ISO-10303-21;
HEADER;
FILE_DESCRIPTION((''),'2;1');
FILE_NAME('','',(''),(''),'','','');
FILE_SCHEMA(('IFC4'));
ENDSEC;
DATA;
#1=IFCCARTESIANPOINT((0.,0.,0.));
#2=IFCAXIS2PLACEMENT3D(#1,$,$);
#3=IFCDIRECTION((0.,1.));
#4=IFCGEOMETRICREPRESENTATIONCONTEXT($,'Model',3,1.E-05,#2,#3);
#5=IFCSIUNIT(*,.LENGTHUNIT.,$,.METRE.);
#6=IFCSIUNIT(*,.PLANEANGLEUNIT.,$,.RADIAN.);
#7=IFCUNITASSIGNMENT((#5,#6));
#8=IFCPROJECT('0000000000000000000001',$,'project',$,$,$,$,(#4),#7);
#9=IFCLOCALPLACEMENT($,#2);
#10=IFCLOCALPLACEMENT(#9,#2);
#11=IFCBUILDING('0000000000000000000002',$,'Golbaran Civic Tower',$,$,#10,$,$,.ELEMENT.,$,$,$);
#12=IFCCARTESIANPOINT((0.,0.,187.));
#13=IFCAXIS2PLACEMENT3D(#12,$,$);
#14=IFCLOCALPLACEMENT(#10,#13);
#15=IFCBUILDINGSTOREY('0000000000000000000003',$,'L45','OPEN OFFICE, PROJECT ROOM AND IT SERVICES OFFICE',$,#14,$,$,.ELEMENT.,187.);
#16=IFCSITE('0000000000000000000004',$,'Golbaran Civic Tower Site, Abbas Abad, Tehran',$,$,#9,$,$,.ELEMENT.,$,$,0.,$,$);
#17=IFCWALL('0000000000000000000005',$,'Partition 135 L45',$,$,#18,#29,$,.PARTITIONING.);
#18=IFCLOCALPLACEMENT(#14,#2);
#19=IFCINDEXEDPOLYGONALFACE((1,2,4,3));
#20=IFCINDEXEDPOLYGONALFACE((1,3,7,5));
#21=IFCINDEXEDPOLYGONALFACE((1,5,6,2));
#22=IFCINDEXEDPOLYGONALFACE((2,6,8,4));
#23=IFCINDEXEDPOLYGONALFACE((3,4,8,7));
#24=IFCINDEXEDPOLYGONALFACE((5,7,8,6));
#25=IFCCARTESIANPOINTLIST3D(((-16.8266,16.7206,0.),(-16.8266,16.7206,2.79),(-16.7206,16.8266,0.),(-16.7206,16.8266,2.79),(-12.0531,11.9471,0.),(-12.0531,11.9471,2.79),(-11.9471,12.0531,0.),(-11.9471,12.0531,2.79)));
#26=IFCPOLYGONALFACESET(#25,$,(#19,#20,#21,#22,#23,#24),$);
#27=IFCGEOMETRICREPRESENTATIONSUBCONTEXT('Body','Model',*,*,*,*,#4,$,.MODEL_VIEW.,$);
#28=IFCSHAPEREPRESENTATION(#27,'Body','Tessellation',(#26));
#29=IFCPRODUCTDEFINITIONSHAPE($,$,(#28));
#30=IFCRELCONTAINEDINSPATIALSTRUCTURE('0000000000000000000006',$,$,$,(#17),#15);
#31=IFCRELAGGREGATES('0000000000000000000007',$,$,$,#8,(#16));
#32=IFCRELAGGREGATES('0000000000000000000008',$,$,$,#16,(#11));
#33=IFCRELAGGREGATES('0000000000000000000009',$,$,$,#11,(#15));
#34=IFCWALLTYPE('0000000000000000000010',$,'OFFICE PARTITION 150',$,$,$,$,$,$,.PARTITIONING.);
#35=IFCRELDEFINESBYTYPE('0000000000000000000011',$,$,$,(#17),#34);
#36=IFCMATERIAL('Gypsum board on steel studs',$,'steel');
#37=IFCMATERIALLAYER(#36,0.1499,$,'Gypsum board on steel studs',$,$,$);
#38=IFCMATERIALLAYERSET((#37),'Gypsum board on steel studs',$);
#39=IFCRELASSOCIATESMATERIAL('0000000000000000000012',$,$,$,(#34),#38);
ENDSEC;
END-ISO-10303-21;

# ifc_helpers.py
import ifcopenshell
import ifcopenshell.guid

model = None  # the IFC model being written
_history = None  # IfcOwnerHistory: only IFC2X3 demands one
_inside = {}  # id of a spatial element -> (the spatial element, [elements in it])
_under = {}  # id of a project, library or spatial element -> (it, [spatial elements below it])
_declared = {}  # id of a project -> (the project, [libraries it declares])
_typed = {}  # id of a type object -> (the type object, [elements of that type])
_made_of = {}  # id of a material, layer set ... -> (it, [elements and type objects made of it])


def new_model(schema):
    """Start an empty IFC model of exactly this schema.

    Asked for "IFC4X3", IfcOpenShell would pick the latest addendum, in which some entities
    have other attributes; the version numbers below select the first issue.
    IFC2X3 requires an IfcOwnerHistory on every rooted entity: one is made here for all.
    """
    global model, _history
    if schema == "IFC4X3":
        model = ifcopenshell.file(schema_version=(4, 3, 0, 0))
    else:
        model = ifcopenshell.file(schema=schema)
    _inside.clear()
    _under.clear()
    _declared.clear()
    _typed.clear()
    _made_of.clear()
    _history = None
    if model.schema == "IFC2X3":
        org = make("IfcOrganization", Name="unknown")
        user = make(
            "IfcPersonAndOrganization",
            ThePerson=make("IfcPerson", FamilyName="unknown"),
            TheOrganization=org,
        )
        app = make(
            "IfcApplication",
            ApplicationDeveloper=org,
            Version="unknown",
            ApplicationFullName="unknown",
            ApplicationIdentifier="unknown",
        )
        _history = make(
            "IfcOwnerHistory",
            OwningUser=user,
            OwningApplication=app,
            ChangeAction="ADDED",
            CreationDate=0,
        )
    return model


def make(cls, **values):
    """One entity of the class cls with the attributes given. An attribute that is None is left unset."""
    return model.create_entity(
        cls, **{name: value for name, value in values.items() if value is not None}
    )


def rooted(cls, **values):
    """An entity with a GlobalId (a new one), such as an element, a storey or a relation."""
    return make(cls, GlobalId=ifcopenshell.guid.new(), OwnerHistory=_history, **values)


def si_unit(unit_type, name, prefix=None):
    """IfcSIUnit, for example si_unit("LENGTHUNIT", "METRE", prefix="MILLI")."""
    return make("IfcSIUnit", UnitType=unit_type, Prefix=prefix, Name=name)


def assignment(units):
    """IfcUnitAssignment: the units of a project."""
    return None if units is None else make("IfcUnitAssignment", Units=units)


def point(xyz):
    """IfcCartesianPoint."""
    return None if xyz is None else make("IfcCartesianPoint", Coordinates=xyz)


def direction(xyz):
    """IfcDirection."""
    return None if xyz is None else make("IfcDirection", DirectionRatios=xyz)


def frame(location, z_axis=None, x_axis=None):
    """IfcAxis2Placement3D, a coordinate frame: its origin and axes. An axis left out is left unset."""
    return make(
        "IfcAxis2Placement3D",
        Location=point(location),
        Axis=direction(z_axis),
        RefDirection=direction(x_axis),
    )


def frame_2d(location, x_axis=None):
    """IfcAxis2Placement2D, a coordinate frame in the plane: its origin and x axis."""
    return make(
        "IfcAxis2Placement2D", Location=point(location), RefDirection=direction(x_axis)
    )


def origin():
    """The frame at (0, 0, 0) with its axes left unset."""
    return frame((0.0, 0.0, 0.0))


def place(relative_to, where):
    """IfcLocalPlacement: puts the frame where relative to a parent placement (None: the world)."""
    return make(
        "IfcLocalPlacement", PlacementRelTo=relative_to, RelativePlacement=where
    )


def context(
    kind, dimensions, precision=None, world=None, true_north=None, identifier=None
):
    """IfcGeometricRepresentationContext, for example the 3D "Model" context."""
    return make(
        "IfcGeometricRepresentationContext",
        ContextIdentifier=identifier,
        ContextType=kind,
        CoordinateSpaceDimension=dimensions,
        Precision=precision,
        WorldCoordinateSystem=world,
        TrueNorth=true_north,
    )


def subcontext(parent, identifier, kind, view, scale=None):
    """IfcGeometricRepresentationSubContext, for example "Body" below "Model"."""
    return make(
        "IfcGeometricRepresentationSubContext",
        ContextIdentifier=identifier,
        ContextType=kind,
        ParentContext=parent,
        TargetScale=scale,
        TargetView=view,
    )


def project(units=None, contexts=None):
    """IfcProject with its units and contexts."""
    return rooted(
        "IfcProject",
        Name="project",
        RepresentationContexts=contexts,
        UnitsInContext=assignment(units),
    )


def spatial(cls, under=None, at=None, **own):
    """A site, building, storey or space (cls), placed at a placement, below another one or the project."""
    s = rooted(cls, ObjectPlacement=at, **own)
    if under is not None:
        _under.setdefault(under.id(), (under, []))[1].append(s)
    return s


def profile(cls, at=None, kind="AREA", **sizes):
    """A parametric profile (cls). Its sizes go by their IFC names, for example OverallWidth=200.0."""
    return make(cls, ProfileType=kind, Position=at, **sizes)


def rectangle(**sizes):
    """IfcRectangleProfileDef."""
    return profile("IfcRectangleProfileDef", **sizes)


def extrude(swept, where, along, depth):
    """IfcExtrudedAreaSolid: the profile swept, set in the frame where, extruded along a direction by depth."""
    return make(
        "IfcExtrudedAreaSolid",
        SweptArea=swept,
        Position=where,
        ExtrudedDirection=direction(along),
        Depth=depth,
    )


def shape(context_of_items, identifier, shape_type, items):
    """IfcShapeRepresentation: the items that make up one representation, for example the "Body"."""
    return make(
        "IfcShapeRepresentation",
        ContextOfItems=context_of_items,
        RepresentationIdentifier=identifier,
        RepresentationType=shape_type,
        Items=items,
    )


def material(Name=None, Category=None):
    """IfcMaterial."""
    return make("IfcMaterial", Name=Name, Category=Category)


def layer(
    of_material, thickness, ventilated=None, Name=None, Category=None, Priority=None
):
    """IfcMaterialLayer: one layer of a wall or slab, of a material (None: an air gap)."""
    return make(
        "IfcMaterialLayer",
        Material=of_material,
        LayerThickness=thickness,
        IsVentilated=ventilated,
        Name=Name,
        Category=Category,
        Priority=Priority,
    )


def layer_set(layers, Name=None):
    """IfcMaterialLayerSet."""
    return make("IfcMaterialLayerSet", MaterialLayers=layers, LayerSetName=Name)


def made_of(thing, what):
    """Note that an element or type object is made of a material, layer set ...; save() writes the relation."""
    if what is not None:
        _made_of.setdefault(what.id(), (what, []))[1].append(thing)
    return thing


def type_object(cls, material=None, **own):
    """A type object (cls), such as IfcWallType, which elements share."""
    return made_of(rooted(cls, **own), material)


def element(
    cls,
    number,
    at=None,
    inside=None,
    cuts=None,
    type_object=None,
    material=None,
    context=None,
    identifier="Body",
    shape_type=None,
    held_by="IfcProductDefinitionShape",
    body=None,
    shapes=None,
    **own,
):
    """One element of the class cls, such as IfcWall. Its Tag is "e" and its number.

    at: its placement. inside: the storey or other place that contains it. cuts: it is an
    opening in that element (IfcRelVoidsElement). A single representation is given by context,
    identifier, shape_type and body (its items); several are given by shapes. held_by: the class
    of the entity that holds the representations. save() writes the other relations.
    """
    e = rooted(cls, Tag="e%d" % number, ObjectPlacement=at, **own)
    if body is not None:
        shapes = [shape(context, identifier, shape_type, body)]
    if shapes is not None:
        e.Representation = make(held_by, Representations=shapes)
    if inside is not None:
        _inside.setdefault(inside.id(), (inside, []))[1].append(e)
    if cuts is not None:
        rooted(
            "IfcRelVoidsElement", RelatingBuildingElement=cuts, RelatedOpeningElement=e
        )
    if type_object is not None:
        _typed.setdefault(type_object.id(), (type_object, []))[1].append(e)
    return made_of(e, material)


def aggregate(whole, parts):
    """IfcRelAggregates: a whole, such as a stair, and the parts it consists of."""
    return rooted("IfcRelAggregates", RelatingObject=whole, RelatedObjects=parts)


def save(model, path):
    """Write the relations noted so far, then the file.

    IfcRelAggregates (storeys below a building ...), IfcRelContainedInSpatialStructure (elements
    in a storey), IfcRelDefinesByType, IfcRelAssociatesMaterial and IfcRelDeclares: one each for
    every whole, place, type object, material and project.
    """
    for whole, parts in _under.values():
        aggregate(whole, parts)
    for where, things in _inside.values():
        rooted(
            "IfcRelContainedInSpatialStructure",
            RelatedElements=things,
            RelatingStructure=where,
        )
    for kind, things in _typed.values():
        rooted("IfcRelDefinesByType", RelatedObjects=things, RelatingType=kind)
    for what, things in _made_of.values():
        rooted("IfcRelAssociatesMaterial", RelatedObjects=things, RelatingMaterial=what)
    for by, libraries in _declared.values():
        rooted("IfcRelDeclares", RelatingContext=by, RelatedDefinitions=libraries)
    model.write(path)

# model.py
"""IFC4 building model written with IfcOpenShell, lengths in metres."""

from ifc_helpers import new_model, si_unit, direction, frame, frame_2d, origin, place, context, subcontext, project, spatial, rectangle, extrude, material, layer, layer_set, type_object, element, save


model = new_model("IFC4")

# Units and contexts
model_context = context("Model", 3, precision=1e-05, world=origin(), true_north=direction((0.0, 1.0)))
body_context = subcontext(model_context, "Body", "Model", "MODEL_VIEW")
ifc_project = project(units=[si_unit("LENGTHUNIT", "METRE"), si_unit("PLANEANGLEUNIT", "RADIAN")], contexts=[model_context])

# Site, building, storey
site_placement = place(None, origin())
site = spatial("IfcSite", under=ifc_project, at=site_placement, Name="Golbaran Civic Tower Site, Abbas Abad, Tehran", CompositionType="ELEMENT", RefElevation=0.0)
building_placement = place(site_placement, origin())
building = spatial("IfcBuilding", under=site, at=building_placement, Name="Golbaran Civic Tower", CompositionType="ELEMENT")
storey_placement = place(building_placement, frame((0.0, 0.0, 187.0)))
storey = spatial("IfcBuildingStorey", under=building, at=storey_placement, Name="L45", Description="OPEN OFFICE, PROJECT ROOM AND IT SERVICES OFFICE", CompositionType="ELEMENT", Elevation=187.0)

# Wall
ifc_material_1 = material(Name="Gypsum board on steel studs", Category="steel")
ifc_layer_1 = layer(ifc_material_1, 0.1499, Name="Gypsum board on steel studs")
ifc_layer_set_1 = layer_set([ifc_layer_1], Name="Gypsum board on steel studs")
wall_type_1 = type_object("IfcWallType", Name="OFFICE PARTITION 150", PredefinedType="PARTITIONING", material=ifc_layer_set_1)
wall_1_placement = place(storey_placement, frame((-12.0, 12.0, 0.0), z_axis=(0.0, 0.0, 1.0), x_axis=(-0.707107, 0.707107, 0.0)))
element("IfcWall", 1, at=wall_1_placement, inside=storey, type_object=wall_type_1, Name="Partition 135 L45", PredefinedType="PARTITIONING", context=body_context, shape_type="SweptSolid", body=[
    extrude(rectangle(XDim=6.7507, YDim=0.1499, at=frame_2d((3.3755, 0.0))), origin(), (0.0, 0.0, 1.0), 2.79),
])

save(model, "model.ifc")
